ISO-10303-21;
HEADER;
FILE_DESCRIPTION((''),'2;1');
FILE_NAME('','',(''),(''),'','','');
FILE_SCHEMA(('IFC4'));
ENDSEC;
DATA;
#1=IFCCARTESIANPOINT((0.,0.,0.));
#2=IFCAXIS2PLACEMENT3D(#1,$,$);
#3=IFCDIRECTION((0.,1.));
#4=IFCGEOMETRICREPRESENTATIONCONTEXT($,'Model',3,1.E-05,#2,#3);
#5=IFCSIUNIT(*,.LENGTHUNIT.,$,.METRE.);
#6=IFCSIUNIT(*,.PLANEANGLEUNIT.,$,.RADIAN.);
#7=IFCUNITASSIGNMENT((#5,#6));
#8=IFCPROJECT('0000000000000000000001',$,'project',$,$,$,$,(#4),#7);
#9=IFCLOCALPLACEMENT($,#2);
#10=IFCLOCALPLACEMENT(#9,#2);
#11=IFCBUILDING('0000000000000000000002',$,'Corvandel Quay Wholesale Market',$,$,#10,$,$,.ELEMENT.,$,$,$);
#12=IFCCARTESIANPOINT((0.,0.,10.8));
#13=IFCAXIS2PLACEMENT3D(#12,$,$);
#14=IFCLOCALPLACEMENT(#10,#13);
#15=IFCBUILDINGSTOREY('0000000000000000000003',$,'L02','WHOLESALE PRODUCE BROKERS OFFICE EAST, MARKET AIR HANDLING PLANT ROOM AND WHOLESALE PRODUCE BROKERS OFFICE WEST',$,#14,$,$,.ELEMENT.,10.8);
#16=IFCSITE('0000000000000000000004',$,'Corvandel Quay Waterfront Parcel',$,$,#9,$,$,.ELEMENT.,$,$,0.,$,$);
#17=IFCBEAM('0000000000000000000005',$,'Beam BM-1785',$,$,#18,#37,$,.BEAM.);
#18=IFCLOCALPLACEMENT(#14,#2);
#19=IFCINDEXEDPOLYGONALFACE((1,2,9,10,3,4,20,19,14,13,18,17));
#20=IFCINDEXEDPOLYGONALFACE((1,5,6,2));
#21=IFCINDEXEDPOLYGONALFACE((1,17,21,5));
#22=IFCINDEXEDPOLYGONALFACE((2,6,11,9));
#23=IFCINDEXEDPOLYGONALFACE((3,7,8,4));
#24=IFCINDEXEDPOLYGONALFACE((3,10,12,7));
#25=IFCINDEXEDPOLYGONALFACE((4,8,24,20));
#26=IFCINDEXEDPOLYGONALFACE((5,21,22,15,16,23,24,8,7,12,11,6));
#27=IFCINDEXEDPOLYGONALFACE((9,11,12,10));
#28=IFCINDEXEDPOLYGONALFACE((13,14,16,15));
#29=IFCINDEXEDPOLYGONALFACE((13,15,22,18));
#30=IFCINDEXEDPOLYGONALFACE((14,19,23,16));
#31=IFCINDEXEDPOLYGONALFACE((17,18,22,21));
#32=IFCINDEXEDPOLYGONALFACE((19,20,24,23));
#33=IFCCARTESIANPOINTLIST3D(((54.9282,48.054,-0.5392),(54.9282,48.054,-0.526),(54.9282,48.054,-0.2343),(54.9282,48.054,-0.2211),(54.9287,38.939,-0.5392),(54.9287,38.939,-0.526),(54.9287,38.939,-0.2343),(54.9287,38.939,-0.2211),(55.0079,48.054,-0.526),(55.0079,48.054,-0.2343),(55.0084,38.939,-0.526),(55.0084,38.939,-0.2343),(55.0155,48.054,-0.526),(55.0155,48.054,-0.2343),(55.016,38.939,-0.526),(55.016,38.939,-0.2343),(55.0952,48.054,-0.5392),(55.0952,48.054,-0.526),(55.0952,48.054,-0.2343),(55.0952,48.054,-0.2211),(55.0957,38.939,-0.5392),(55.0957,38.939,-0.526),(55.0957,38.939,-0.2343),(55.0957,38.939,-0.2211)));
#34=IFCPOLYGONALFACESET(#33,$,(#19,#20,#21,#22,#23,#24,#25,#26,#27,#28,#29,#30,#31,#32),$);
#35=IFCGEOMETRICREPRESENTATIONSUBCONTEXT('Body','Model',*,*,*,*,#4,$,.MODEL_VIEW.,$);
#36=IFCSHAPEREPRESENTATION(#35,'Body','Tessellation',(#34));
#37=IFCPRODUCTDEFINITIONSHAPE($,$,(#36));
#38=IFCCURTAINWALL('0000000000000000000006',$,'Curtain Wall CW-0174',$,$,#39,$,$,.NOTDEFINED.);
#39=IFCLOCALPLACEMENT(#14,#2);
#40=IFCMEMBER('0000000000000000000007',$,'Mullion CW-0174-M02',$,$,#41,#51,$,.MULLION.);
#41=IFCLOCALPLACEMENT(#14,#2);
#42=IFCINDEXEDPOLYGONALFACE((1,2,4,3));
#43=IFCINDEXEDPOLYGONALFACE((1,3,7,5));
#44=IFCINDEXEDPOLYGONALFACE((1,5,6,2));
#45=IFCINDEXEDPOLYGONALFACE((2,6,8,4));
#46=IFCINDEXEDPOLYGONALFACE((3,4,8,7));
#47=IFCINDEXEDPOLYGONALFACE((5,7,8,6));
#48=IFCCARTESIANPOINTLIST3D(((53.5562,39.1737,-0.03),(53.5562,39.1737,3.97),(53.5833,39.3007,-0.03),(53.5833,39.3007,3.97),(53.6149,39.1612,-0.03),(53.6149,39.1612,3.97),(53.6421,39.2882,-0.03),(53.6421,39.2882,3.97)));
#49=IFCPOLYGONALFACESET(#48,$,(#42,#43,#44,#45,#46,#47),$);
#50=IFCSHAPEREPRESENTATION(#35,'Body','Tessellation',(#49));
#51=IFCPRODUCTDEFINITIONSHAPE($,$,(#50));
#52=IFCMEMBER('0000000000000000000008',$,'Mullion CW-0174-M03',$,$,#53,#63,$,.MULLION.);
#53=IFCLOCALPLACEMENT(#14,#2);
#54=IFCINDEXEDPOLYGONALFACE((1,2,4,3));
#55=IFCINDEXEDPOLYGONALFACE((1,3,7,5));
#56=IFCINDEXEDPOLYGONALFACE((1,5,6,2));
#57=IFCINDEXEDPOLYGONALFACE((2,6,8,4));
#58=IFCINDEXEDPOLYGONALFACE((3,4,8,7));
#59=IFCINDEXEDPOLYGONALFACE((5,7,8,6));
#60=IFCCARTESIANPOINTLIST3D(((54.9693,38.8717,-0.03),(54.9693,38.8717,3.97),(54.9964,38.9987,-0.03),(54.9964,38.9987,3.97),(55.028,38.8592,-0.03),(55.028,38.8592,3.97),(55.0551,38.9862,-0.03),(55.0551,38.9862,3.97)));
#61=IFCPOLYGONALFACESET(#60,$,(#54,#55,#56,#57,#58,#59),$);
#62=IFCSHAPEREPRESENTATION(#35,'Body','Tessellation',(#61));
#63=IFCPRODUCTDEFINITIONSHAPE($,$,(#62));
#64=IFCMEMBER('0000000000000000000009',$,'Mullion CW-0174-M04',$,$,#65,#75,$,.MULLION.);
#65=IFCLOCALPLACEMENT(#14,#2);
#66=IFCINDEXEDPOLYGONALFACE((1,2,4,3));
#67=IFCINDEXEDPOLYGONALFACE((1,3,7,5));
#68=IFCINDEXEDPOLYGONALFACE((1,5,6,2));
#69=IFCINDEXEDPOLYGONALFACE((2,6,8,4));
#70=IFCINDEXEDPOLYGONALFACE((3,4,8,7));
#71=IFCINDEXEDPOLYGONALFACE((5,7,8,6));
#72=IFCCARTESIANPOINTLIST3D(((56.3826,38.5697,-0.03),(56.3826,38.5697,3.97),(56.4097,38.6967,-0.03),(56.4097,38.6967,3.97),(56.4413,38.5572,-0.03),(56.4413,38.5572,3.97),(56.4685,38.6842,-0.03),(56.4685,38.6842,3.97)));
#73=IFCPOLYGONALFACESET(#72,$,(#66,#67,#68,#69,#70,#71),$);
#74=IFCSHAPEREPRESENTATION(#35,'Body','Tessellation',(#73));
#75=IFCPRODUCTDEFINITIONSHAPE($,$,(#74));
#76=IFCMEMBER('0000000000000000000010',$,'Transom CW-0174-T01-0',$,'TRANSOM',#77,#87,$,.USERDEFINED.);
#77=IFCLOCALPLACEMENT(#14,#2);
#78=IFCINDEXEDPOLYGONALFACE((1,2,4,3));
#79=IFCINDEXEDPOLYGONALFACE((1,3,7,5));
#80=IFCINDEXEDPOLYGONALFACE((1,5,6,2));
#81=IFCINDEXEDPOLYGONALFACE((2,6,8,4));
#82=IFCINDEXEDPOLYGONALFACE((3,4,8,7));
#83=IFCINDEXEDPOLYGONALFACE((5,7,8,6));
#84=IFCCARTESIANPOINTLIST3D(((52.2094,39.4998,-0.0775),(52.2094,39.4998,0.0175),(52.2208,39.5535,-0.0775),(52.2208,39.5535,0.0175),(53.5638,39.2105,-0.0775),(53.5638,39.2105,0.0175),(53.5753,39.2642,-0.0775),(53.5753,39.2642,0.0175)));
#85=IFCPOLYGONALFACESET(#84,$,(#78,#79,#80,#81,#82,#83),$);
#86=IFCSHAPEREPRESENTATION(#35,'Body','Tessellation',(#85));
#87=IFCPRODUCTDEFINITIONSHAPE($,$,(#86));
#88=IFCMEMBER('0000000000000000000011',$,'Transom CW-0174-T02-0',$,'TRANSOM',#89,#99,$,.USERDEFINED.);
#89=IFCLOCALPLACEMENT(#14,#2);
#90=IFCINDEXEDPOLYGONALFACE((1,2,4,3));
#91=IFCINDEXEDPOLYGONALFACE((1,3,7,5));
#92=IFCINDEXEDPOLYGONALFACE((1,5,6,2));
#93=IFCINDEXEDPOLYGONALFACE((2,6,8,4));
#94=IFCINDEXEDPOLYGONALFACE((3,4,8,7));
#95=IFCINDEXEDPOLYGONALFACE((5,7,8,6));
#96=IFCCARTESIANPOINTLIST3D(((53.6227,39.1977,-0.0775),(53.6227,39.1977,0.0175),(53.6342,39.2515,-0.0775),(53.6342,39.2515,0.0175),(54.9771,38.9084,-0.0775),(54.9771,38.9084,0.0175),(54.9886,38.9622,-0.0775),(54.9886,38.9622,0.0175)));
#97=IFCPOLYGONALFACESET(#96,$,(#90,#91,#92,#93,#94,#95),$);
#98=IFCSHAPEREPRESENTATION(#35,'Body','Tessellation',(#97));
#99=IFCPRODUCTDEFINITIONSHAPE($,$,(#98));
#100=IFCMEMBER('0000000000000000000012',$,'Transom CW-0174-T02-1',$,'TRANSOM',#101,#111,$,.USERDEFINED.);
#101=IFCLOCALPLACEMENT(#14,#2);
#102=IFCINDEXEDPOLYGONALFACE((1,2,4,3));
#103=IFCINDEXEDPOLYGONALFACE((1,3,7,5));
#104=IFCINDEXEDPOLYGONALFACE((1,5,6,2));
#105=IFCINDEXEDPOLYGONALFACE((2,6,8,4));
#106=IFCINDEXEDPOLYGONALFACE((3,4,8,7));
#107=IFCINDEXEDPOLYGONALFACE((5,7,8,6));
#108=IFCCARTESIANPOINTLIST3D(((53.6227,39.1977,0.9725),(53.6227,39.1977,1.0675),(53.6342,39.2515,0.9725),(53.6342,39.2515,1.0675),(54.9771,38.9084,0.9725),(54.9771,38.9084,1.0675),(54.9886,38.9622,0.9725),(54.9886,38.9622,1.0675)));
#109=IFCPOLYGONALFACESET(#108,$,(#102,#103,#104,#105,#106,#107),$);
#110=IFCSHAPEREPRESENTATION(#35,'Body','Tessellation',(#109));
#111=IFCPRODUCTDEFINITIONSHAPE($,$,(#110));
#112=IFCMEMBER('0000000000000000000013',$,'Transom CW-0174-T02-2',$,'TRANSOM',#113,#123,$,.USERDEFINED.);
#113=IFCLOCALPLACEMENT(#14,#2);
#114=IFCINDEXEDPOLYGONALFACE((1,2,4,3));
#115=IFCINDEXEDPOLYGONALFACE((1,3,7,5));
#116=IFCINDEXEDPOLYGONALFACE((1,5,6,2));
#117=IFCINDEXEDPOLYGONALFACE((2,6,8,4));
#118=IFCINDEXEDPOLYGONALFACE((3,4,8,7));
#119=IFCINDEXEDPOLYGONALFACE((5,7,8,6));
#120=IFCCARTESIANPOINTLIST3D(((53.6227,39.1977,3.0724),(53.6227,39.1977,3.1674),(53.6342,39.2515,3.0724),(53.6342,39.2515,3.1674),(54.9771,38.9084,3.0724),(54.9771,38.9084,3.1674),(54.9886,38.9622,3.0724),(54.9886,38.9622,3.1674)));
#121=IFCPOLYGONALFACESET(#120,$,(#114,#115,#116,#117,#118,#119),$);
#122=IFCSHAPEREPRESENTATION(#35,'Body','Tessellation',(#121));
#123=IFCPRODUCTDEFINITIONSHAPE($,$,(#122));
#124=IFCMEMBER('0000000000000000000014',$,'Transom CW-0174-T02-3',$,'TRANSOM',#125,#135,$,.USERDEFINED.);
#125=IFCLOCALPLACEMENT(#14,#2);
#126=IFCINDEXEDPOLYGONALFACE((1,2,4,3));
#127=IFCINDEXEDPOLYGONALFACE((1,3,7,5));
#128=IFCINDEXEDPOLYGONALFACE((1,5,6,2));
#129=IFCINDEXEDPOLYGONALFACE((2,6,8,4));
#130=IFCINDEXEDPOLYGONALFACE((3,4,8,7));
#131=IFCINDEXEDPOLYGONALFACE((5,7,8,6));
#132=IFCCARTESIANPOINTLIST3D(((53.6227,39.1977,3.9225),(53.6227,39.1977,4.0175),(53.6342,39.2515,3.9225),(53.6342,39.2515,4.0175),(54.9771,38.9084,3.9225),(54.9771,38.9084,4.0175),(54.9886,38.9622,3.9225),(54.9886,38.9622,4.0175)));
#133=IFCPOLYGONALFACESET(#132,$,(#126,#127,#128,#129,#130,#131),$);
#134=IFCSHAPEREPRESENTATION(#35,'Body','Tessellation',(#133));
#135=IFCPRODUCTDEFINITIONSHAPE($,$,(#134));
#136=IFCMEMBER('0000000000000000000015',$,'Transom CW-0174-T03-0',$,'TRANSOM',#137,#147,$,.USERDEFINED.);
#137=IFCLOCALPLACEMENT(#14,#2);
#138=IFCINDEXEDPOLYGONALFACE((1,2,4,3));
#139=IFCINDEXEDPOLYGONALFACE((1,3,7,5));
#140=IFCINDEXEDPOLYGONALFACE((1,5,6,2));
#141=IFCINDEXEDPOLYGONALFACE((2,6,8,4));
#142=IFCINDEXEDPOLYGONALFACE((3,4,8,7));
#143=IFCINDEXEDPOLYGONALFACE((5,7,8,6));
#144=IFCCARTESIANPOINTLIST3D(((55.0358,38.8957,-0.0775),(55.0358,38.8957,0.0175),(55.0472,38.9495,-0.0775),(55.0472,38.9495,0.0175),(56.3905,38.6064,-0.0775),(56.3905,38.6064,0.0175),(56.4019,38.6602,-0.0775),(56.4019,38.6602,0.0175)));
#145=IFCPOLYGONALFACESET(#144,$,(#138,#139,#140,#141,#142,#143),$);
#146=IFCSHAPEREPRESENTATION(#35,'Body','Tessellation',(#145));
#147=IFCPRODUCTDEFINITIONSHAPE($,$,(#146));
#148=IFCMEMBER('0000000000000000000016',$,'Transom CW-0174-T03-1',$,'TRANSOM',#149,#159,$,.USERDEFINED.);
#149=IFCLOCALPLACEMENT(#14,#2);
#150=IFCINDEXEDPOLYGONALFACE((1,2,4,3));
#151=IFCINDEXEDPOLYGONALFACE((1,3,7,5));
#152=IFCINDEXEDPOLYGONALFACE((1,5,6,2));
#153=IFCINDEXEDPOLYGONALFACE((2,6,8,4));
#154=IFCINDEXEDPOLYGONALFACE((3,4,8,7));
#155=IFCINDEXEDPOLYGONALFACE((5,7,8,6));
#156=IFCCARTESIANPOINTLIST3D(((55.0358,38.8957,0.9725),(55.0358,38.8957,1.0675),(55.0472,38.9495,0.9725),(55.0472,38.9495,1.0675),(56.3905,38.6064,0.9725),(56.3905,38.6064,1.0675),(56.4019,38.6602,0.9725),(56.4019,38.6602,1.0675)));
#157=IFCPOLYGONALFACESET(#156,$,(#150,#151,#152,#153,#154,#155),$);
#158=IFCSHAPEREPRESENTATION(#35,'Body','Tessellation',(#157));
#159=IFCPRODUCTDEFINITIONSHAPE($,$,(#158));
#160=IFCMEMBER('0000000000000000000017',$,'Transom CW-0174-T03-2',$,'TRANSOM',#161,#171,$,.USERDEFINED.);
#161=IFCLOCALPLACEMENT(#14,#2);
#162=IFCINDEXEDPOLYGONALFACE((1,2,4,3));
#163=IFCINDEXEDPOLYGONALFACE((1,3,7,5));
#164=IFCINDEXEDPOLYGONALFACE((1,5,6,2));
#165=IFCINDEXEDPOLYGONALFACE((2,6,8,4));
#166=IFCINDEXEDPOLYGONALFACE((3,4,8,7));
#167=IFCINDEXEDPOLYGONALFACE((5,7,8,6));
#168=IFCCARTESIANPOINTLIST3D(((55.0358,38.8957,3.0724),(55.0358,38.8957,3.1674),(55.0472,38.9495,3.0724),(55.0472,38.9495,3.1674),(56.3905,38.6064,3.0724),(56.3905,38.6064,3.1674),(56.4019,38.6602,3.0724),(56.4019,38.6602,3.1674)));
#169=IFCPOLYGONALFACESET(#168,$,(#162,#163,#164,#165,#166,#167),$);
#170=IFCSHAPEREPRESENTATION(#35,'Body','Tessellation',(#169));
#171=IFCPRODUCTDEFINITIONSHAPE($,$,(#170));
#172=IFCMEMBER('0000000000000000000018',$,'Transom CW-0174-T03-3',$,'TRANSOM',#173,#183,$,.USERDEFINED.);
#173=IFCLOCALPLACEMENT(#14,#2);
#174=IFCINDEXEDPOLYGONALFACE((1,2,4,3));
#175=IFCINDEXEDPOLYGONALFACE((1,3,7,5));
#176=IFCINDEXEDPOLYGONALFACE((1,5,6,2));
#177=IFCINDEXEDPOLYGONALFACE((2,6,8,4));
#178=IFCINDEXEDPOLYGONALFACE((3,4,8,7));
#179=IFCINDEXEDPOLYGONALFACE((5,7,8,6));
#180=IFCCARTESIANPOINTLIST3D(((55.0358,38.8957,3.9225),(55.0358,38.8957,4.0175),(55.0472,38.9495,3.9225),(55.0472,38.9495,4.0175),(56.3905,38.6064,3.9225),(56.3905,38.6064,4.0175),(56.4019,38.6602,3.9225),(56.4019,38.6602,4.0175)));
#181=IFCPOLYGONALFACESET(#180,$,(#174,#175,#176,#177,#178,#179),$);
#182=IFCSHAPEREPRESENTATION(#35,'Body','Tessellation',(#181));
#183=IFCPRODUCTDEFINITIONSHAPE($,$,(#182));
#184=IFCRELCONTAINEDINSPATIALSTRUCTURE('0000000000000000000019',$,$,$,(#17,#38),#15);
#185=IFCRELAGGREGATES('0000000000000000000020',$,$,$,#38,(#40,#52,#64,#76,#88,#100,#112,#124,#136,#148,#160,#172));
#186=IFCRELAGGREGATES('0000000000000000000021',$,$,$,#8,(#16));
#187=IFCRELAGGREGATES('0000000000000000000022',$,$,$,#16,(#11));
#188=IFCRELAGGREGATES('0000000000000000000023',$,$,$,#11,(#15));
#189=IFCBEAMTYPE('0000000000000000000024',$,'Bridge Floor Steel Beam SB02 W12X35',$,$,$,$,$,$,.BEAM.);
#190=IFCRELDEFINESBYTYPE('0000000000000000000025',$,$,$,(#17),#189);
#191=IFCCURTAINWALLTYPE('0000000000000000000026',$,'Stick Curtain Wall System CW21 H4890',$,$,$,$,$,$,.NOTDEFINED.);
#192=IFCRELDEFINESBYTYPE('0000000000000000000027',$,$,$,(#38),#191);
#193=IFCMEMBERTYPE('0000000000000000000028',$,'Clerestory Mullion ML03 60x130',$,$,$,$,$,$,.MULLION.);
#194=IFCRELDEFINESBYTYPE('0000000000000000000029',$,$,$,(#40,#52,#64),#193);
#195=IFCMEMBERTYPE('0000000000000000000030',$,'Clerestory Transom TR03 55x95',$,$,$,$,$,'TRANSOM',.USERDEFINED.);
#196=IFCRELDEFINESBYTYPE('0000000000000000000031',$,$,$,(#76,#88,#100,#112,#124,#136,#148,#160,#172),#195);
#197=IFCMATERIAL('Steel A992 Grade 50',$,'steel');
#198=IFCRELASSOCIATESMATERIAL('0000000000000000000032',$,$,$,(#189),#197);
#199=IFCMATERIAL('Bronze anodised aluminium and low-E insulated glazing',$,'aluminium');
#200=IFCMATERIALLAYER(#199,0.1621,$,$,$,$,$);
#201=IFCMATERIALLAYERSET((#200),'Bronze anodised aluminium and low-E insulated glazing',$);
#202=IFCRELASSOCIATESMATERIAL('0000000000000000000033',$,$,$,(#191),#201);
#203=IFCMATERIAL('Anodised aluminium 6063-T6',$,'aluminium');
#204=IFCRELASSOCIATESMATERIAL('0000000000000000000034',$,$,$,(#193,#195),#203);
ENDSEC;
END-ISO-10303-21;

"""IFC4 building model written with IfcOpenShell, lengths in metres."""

from ifc_helpers import new_model, si_unit, direction, frame, origin, origin_2d, place, context, subcontext, project, spatial, rectangle, i_section, extrude, material, layer, layer_set, material_profile, profile_set, type_object, element, aggregate, save


model = new_model("IFC4")

# Units and contexts
model_context = context("Model", 3, precision=1e-05, world=origin(), true_north=direction((0.0, 1.0)))
body_context = subcontext(model_context, "Body", "Model", "MODEL_VIEW")
ifc_project = project(units=[si_unit("LENGTHUNIT", "METRE"), si_unit("PLANEANGLEUNIT", "RADIAN")], contexts=[model_context])

# Site, building, storey
site_placement = place(None, origin())
site = spatial("IfcSite", under=ifc_project, at=site_placement, Name="Corvandel Quay Waterfront Parcel", CompositionType="ELEMENT", RefElevation=0.0)
building_placement = place(site_placement, origin())
building = spatial("IfcBuilding", under=site, at=building_placement, Name="Corvandel Quay Wholesale Market", CompositionType="ELEMENT")
storey_placement = place(building_placement, frame((0.0, 0.0, 10.8)))
storey = spatial("IfcBuildingStorey", under=building, at=storey_placement, Name="L02", Description="WHOLESALE PRODUCE BROKERS OFFICE EAST, MARKET AIR HANDLING PLANT ROOM AND WHOLESALE PRODUCE BROKERS OFFICE WEST", CompositionType="ELEMENT", Elevation=10.8)

# Beam
ifc_material_1 = material(Name="Steel A992 Grade 50", Category="steel")
ifc_material_profile_1 = material_profile(ifc_material_1, i_section(OverallWidth=0.167, OverallDepth=0.3181, WebThickness=0.0076, FlangeThickness=0.0132, at=origin_2d()), Name="W12X35")
ifc_profile_set_1 = profile_set([ifc_material_profile_1], Name="Steel A992 Grade 50")
beam_type_1 = type_object("IfcBeamType", Name="Bridge Floor Steel Beam SB02 W12X35", PredefinedType="BEAM", material=ifc_profile_set_1)
beam_1_placement = place(storey_placement, frame((55.0122, 38.939, -0.3801), z_axis=(-0.000054, 1.0, 0.0), x_axis=(-1.0, -0.000054, 0.0)))
element("IfcBeam", 1, at=beam_1_placement, inside=storey, type_object=beam_type_1, Name="Beam BM-1785", PredefinedType="BEAM", context=body_context, shape_type="SweptSolid", body=[
    extrude(i_section(OverallWidth=0.167, OverallDepth=0.3181, WebThickness=0.0076, FlangeThickness=0.0132, at=origin_2d()), origin(), (0.0, 0.0, 1.0), 9.115),
])

# Curtain wall, members
ifc_material_2 = material(Name="Bronze anodised aluminium and low-E insulated glazing", Category="aluminium")
ifc_layer_1 = layer(ifc_material_2, 0.1621)
ifc_layer_set_1 = layer_set([ifc_layer_1], Name="Bronze anodised aluminium and low-E insulated glazing")
curtain_wall_type = type_object("IfcCurtainWallType", Name="Stick Curtain Wall System CW21 H4890", PredefinedType="NOTDEFINED", material=ifc_layer_set_1)
curtain_wall_placement = place(storey_placement, origin())
curtain_wall = element("IfcCurtainWall", 2, at=curtain_wall_placement, inside=storey, type_object=curtain_wall_type, Name="Curtain Wall CW-0174", PredefinedType="NOTDEFINED")
ifc_material_3 = material(Name="Anodised aluminium 6063-T6", Category="aluminium")
ifc_material_profile_2 = material_profile(ifc_material_3, rectangle(XDim=0.0601, YDim=0.1299, at=origin_2d()), Name="ALU-MUL-60x130")
ifc_profile_set_2 = profile_set([ifc_material_profile_2], Name="Anodised aluminium 6063-T6")
member_type_1 = type_object("IfcMemberType", Name="Clerestory Mullion ML03 60x130", PredefinedType="MULLION", material=ifc_profile_set_2)
member_1_placement = place(storey_placement, frame((53.5991, 39.231, -0.03), z_axis=(0.0, 0.0, 1.0), x_axis=(-0.977929, 0.208936, 0.0)))
member_1 = element("IfcMember", 3, at=member_1_placement, type_object=member_type_1, Name="Mullion CW-0174-M02", PredefinedType="MULLION", context=body_context, shape_type="SweptSolid", body=[
    extrude(rectangle(XDim=0.0601, YDim=0.1299, at=origin_2d()), origin(), (0.0, 0.0, 1.0), 4.0),
])
member_2_placement = place(storey_placement, frame((55.0122, 38.929, -0.03), z_axis=(0.0, 0.0, 1.0), x_axis=(-0.977929, 0.208936, 0.0)))
member_2 = element("IfcMember", 4, at=member_2_placement, type_object=member_type_1, Name="Mullion CW-0174-M03", PredefinedType="MULLION", context=body_context, shape_type="SweptSolid", body=[
    extrude(rectangle(XDim=0.0601, YDim=0.1299, at=origin_2d()), origin(), (0.0, 0.0, 1.0), 4.0),
])
member_3_placement = place(storey_placement, frame((56.4255, 38.627, -0.03), z_axis=(0.0, 0.0, 1.0), x_axis=(-0.977929, 0.208936, 0.0)))
member_3 = element("IfcMember", 5, at=member_3_placement, type_object=member_type_1, Name="Mullion CW-0174-M04", PredefinedType="MULLION", context=body_context, shape_type="SweptSolid", body=[
    extrude(rectangle(XDim=0.0601, YDim=0.1299, at=origin_2d()), origin(), (0.0, 0.0, 1.0), 4.0),
])
ifc_material_profile_3 = material_profile(ifc_material_3, rectangle(XDim=0.0549, YDim=0.095, at=origin_2d()), Name="ALU-TRN-55x95")
ifc_profile_set_3 = profile_set([ifc_material_profile_3], Name="Anodised aluminium 6063-T6")
member_type_2 = type_object("IfcMemberType", Name="Clerestory Transom TR03 55x95", ElementType="TRANSOM", PredefinedType="USERDEFINED", material=ifc_profile_set_3)
member_4_placement = place(storey_placement, frame((52.2151, 39.5266, -0.03), z_axis=(0.977941, -0.208879, 0.0), x_axis=(0.208879, 0.977941, 0.0)))
member_4 = element("IfcMember", 6, at=member_4_placement, type_object=member_type_2, Name="Transom CW-0174-T01-0", ObjectType="TRANSOM", PredefinedType="USERDEFINED", context=body_context, shape_type="SweptSolid", body=[
    extrude(rectangle(XDim=0.0549, YDim=0.095, at=origin_2d()), origin(), (0.0, 0.0, 1.0), 1.385),
])
member_5_placement = place(storey_placement, frame((53.6284, 39.2246, -0.03), z_axis=(0.977941, -0.208879, 0.0), x_axis=(0.208879, 0.977941, 0.0)))
member_5 = element("IfcMember", 7, at=member_5_placement, type_object=member_type_2, Name="Transom CW-0174-T02-0", ObjectType="TRANSOM", PredefinedType="USERDEFINED", context=body_context, shape_type="SweptSolid", body=[
    extrude(rectangle(XDim=0.0549, YDim=0.095, at=origin_2d()), origin(), (0.0, 0.0, 1.0), 1.385),
])
member_6_placement = place(storey_placement, frame((53.6284, 39.2246, 1.02), z_axis=(0.977941, -0.208879, 0.0), x_axis=(0.208879, 0.977941, 0.0)))
member_6 = element("IfcMember", 8, at=member_6_placement, type_object=member_type_2, Name="Transom CW-0174-T02-1", ObjectType="TRANSOM", PredefinedType="USERDEFINED", context=body_context, shape_type="SweptSolid", body=[
    extrude(rectangle(XDim=0.0549, YDim=0.095, at=origin_2d()), origin(), (0.0, 0.0, 1.0), 1.385),
])
member_7_placement = place(storey_placement, frame((53.6284, 39.2246, 3.1199), z_axis=(0.977941, -0.208879, 0.0), x_axis=(0.208879, 0.977941, 0.0)))
member_7 = element("IfcMember", 9, at=member_7_placement, type_object=member_type_2, Name="Transom CW-0174-T02-2", ObjectType="TRANSOM", PredefinedType="USERDEFINED", context=body_context, shape_type="SweptSolid", body=[
    extrude(rectangle(XDim=0.0549, YDim=0.095, at=origin_2d()), origin(), (0.0, 0.0, 1.0), 1.385),
])
member_8_placement = place(storey_placement, frame((53.6284, 39.2246, 3.97), z_axis=(0.977941, -0.208879, 0.0), x_axis=(0.208879, 0.977941, 0.0)))
member_8 = element("IfcMember", 10, at=member_8_placement, type_object=member_type_2, Name="Transom CW-0174-T02-3", ObjectType="TRANSOM", PredefinedType="USERDEFINED", context=body_context, shape_type="SweptSolid", body=[
    extrude(rectangle(XDim=0.0549, YDim=0.095, at=origin_2d()), origin(), (0.0, 0.0, 1.0), 1.385),
])
member_9_placement = place(storey_placement, frame((55.0415, 38.9226, -0.03), z_axis=(0.977949, -0.208843, 0.0), x_axis=(0.208843, 0.977949, 0.0)))
member_9 = element("IfcMember", 11, at=member_9_placement, type_object=member_type_2, Name="Transom CW-0174-T03-0", ObjectType="TRANSOM", PredefinedType="USERDEFINED", context=body_context, shape_type="SweptSolid", body=[
    extrude(rectangle(XDim=0.0549, YDim=0.095, at=origin_2d()), origin(), (0.0, 0.0, 1.0), 1.3853),
])
member_10_placement = place(storey_placement, frame((55.0415, 38.9226, 1.02), z_axis=(0.977949, -0.208843, 0.0), x_axis=(0.208843, 0.977949, 0.0)))
member_10 = element("IfcMember", 12, at=member_10_placement, type_object=member_type_2, Name="Transom CW-0174-T03-1", ObjectType="TRANSOM", PredefinedType="USERDEFINED", context=body_context, shape_type="SweptSolid", body=[
    extrude(rectangle(XDim=0.0549, YDim=0.095, at=origin_2d()), origin(), (0.0, 0.0, 1.0), 1.3853),
])
member_11_placement = place(storey_placement, frame((55.0415, 38.9226, 3.1199), z_axis=(0.977949, -0.208843, 0.0), x_axis=(0.208843, 0.977949, 0.0)))
member_11 = element("IfcMember", 13, at=member_11_placement, type_object=member_type_2, Name="Transom CW-0174-T03-2", ObjectType="TRANSOM", PredefinedType="USERDEFINED", context=body_context, shape_type="SweptSolid", body=[
    extrude(rectangle(XDim=0.0549, YDim=0.095, at=origin_2d()), origin(), (0.0, 0.0, 1.0), 1.3853),
])
member_12_placement = place(storey_placement, frame((55.0415, 38.9226, 3.97), z_axis=(0.977949, -0.208843, 0.0), x_axis=(0.208843, 0.977949, 0.0)))
member_12 = element("IfcMember", 14, at=member_12_placement, type_object=member_type_2, Name="Transom CW-0174-T03-3", ObjectType="TRANSOM", PredefinedType="USERDEFINED", context=body_context, shape_type="SweptSolid", body=[
    extrude(rectangle(XDim=0.0549, YDim=0.095, at=origin_2d()), origin(), (0.0, 0.0, 1.0), 1.3853),
])

aggregate(curtain_wall, [member_1, member_2, member_3, member_4, member_5, member_6, member_7, member_8, member_9, member_10, member_11, member_12])

save(model, "model.ifc")
